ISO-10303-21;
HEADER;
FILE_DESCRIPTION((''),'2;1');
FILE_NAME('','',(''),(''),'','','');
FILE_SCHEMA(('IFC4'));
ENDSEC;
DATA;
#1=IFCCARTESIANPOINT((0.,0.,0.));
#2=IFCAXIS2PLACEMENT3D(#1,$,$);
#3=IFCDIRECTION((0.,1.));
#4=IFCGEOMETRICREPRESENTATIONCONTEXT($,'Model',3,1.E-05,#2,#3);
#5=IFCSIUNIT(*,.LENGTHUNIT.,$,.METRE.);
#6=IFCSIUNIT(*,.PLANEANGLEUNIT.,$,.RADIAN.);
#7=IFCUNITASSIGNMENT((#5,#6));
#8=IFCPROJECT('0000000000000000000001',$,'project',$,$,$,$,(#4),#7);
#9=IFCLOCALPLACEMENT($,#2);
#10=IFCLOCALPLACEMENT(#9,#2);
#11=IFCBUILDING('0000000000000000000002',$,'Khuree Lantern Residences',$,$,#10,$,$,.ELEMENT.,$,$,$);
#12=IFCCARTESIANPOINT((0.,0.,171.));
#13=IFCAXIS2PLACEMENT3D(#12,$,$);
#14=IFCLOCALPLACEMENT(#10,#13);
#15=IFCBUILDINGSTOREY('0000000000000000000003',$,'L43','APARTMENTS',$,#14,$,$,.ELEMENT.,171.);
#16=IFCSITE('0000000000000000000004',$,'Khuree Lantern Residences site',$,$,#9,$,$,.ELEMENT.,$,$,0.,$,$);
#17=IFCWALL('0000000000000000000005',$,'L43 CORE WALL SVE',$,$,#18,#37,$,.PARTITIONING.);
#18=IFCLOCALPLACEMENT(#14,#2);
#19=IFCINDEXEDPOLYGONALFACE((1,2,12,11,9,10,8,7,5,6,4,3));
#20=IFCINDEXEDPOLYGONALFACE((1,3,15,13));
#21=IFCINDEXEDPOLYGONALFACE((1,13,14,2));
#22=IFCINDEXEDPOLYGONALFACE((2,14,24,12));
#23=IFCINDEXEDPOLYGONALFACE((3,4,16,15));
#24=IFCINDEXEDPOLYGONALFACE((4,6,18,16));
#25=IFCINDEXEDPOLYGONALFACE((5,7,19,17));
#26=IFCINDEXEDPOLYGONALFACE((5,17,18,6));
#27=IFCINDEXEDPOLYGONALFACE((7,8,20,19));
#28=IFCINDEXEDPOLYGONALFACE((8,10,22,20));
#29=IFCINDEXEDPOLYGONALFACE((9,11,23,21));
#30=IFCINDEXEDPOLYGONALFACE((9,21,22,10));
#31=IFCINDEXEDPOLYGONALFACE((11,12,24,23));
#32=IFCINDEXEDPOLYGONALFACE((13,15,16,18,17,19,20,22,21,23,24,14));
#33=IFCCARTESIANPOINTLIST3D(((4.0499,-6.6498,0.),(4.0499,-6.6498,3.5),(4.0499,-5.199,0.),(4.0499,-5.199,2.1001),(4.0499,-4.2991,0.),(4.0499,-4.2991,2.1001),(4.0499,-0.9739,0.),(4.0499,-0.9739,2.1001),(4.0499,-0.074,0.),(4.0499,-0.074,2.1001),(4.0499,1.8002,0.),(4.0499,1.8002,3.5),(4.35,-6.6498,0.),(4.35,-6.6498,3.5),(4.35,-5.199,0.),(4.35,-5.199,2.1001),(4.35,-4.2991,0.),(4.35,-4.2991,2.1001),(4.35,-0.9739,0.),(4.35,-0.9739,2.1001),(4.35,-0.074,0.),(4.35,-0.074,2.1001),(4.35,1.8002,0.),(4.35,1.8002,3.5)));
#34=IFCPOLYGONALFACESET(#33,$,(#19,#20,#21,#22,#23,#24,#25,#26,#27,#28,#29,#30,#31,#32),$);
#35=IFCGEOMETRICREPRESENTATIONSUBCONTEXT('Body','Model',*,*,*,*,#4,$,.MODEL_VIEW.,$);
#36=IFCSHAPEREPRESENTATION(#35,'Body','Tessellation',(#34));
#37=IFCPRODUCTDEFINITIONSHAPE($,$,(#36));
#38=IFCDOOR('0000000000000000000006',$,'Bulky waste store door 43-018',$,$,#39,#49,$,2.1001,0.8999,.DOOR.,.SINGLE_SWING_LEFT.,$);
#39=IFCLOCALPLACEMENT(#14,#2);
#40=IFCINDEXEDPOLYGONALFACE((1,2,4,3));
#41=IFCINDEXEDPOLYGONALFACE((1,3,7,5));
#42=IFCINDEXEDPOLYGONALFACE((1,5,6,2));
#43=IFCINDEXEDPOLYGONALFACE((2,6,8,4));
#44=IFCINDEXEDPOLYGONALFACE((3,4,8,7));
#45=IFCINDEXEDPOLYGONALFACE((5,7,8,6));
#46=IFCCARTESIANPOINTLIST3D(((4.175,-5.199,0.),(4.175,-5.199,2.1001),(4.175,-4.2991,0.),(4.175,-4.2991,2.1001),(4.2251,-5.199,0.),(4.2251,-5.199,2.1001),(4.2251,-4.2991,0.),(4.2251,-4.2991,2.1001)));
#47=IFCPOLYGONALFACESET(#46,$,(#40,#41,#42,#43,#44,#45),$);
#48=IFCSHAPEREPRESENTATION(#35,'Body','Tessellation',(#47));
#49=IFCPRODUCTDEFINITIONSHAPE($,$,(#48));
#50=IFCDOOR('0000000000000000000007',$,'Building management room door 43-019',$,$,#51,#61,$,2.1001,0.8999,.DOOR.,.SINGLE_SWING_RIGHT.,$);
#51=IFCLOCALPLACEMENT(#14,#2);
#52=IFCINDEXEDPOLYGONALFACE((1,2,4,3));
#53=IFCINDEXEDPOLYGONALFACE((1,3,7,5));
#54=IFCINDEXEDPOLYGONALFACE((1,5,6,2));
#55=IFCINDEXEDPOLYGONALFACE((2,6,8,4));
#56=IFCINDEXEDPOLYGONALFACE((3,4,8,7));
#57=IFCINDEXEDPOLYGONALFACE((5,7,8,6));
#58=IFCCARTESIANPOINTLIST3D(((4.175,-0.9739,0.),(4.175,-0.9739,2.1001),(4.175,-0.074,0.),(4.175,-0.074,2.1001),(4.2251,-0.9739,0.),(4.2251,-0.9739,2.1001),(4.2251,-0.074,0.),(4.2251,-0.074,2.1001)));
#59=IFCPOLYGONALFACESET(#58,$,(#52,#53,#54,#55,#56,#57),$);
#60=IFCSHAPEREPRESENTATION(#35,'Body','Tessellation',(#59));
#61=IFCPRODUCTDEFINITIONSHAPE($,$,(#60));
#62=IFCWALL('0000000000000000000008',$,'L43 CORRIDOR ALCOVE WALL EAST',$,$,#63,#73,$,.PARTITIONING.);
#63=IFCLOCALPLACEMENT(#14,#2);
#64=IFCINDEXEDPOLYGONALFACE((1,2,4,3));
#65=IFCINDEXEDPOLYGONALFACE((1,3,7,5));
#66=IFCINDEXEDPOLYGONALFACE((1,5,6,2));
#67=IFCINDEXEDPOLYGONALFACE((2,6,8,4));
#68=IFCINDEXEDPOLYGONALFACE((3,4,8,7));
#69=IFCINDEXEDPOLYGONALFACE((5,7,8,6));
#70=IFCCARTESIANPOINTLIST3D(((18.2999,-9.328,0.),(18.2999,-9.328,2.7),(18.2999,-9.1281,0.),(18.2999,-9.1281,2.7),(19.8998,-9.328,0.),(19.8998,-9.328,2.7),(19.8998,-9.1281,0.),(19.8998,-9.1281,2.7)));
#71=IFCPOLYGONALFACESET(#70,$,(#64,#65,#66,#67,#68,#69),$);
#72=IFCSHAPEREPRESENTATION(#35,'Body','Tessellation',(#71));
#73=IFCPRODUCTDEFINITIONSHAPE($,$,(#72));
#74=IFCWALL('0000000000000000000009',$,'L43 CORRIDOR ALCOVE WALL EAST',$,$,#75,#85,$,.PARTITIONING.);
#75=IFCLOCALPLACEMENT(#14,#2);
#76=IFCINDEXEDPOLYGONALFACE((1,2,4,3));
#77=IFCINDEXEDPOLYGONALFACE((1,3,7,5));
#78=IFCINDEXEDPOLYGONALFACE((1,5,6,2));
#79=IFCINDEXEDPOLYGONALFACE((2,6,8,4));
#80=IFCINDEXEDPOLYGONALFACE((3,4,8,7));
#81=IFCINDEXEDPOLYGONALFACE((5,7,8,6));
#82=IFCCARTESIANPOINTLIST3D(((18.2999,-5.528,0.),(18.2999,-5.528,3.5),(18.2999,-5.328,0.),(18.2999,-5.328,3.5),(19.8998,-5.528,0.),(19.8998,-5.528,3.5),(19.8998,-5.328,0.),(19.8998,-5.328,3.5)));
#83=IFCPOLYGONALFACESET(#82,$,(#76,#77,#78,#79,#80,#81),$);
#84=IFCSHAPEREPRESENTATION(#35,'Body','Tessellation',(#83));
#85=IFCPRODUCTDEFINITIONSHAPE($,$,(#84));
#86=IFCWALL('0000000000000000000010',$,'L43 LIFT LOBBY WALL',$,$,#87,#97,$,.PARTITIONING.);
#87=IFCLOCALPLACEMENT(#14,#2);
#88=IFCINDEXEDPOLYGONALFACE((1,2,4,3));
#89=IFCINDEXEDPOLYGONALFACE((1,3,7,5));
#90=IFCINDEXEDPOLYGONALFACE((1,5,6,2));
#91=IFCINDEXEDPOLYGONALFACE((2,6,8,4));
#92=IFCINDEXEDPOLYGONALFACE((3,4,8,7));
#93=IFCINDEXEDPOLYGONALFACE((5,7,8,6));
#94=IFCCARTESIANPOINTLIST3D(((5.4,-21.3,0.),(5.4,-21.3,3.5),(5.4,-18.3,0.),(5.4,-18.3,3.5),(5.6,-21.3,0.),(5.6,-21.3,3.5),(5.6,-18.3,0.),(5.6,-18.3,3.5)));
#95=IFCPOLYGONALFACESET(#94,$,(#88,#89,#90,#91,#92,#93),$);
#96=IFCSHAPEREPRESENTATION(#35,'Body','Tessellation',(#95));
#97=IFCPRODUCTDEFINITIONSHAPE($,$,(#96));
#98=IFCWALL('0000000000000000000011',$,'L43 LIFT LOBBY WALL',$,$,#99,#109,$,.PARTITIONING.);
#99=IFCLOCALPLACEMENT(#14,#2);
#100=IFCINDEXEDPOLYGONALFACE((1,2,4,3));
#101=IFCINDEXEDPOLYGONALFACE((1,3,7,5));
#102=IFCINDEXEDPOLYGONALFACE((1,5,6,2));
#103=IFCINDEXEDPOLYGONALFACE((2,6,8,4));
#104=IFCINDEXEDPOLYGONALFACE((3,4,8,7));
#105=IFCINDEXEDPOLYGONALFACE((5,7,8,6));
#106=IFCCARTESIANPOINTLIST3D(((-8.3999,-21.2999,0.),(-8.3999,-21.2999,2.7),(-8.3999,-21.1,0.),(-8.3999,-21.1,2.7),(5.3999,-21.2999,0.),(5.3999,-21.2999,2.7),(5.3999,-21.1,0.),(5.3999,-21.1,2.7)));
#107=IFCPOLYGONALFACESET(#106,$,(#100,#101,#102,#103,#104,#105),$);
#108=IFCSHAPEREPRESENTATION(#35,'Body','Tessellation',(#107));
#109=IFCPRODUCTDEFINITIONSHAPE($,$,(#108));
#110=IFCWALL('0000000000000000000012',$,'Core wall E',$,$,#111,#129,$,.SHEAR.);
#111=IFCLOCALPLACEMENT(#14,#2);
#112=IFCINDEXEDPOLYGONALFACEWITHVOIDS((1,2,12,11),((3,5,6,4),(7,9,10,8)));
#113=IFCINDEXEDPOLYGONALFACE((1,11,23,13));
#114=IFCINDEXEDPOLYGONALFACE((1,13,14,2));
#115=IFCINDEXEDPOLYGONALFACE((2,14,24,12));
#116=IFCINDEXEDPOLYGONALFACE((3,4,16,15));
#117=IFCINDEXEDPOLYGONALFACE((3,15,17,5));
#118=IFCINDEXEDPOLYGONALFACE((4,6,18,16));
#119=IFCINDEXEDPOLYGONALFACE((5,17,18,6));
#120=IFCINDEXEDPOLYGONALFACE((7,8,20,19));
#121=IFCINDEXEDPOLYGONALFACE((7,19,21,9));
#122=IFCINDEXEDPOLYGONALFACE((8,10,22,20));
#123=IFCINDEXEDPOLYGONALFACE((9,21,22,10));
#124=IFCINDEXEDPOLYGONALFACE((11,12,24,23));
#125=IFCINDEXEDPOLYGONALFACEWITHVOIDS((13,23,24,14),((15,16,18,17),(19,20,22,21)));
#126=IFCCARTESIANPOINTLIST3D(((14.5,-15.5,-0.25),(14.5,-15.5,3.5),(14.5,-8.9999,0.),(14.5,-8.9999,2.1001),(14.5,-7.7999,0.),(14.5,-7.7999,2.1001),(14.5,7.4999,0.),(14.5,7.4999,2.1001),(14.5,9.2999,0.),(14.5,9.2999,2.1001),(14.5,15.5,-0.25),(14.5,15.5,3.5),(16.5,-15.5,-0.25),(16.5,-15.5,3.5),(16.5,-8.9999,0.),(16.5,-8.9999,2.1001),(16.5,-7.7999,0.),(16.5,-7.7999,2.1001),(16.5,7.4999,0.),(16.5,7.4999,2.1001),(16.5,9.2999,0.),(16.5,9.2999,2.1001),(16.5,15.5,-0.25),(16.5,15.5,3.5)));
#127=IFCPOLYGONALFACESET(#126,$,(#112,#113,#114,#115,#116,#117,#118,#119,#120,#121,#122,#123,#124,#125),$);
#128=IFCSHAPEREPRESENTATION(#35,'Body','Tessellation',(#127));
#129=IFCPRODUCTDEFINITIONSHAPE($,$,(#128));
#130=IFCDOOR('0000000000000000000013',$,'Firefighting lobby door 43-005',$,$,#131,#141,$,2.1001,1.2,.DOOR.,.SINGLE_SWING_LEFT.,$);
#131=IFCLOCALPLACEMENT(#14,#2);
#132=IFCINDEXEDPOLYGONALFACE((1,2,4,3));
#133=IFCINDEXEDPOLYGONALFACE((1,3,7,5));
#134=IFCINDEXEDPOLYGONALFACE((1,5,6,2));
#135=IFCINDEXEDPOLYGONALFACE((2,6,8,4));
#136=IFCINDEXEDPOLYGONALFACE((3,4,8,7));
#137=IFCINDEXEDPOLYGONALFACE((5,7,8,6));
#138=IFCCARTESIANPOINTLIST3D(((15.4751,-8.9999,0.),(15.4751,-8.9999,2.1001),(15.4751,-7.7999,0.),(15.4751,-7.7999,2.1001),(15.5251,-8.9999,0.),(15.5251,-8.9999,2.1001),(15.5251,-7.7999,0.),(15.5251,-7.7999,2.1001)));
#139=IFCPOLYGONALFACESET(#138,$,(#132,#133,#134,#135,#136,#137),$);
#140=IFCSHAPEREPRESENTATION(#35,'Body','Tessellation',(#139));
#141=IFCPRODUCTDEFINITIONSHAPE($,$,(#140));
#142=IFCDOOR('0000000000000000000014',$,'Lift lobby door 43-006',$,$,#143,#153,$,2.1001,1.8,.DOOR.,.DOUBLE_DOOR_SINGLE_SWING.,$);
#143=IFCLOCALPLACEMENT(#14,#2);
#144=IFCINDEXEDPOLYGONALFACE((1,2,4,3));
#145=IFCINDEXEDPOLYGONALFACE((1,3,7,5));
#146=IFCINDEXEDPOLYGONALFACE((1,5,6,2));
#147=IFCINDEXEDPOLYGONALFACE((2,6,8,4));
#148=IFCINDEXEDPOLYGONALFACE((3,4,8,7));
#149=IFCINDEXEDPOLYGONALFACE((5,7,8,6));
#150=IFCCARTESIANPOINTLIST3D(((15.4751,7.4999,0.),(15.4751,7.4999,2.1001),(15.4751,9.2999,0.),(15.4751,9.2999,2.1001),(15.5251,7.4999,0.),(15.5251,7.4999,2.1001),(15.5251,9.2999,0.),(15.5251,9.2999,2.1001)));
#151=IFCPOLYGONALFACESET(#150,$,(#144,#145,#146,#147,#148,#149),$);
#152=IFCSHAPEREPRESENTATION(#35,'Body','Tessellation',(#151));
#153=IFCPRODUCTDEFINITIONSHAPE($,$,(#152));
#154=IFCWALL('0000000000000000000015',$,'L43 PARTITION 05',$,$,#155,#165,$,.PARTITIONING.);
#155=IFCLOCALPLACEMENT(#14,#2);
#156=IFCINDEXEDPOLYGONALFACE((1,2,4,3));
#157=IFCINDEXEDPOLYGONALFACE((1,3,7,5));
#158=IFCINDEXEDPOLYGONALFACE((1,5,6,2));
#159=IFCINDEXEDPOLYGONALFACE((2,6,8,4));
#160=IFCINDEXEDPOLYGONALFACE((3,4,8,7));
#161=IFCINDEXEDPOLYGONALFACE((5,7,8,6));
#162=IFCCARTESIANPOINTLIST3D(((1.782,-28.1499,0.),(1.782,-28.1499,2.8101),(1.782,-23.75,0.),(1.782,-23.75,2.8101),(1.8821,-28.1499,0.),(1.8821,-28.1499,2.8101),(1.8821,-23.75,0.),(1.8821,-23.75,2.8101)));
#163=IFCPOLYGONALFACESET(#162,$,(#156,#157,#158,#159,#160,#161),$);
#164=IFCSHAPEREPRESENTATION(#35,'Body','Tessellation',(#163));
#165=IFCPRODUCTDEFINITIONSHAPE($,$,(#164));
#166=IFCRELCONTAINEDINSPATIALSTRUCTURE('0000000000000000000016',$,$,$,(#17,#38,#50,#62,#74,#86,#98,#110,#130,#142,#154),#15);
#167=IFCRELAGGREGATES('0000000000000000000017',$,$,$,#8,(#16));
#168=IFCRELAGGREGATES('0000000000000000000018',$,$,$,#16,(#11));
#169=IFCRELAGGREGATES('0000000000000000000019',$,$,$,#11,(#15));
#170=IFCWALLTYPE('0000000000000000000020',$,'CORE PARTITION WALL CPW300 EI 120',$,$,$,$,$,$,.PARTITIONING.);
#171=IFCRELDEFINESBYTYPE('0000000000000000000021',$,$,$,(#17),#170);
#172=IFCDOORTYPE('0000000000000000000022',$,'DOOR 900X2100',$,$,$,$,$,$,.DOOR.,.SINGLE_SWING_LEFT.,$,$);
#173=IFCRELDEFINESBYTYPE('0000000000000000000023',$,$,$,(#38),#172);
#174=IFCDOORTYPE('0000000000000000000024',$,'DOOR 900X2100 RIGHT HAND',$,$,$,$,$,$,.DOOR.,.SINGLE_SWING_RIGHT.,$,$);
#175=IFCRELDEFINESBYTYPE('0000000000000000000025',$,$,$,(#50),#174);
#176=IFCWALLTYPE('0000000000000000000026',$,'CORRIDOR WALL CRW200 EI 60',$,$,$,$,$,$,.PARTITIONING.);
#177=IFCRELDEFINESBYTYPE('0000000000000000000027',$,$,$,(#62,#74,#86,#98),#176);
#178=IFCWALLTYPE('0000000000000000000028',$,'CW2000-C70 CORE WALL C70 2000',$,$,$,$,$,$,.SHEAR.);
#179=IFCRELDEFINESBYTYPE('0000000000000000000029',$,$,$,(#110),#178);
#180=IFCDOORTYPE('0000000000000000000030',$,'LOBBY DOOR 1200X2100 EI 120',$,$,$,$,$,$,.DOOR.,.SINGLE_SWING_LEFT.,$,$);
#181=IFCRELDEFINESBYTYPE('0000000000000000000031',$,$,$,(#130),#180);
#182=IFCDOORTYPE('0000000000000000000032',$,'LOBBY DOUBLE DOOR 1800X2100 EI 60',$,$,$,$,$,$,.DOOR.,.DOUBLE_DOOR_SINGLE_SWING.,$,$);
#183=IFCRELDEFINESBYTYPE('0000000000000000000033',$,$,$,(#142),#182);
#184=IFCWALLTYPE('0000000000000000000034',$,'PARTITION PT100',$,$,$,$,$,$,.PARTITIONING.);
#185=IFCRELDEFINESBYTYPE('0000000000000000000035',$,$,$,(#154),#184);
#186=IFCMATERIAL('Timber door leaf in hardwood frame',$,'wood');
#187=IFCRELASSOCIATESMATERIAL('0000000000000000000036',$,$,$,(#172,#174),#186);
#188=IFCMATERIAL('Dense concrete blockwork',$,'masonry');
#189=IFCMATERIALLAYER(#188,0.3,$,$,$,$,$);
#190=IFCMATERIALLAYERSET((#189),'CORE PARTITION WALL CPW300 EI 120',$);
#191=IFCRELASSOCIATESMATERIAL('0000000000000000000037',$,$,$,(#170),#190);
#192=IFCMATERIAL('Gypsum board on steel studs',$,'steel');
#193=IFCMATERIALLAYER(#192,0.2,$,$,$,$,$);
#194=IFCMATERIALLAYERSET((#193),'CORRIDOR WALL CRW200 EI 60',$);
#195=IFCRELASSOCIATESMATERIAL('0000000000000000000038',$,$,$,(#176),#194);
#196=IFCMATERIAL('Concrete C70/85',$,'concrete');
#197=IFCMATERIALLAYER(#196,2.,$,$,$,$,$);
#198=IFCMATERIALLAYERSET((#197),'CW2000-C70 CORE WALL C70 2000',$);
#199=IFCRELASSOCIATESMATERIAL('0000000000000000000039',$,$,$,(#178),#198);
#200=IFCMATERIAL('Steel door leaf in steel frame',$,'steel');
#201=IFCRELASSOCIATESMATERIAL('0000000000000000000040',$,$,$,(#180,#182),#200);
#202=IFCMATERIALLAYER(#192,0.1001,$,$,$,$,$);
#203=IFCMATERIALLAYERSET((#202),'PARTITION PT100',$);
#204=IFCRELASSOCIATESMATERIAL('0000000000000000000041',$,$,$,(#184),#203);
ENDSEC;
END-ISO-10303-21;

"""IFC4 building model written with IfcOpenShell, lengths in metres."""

from ifc_helpers import new_model, si_unit, direction, frame, frame_2d, origin, place, context, subcontext, project, spatial, rectangle, extrude, material, layer, layer_set, type_object, element, fill, save


model = new_model("IFC4")

# Units and contexts
model_context = context("Model", 3, precision=1e-05, world=origin(), true_north=direction((0.0, 1.0)))
body_context = subcontext(model_context, "Body", "Model", "MODEL_VIEW")
ifc_project = project(units=[si_unit("LENGTHUNIT", "METRE"), si_unit("PLANEANGLEUNIT", "RADIAN")], contexts=[model_context])

# Site, building, storey
site_placement = place(None, origin())
site = spatial("IfcSite", under=ifc_project, at=site_placement, Name="Khuree Lantern Residences site", CompositionType="ELEMENT", RefElevation=0.0)
building_placement = place(site_placement, origin())
building = spatial("IfcBuilding", under=site, at=building_placement, Name="Khuree Lantern Residences", CompositionType="ELEMENT")
storey_placement = place(building_placement, frame((0.0, 0.0, 171.0)))
storey = spatial("IfcBuildingStorey", under=building, at=storey_placement, Name="L43", Description="APARTMENTS", CompositionType="ELEMENT", Elevation=171.0)

# Shared definitions
ifc_material_1 = material(Name="Concrete C70/85", Category="concrete")

# Shared definitions
ifc_material_2 = material(Name="Timber door leaf in hardwood frame", Category="wood")
door_type_1 = type_object("IfcDoorType", Name="DOOR 900X2100", OperationType="SINGLE_SWING_LEFT", PredefinedType="DOOR", material=ifc_material_2)

# Shared definitions
ifc_material_3 = material(Name="Dense concrete blockwork", Category="masonry")
ifc_layer_1 = layer(ifc_material_3, 0.3)
ifc_layer_set_1 = layer_set([ifc_layer_1], Name="CORE PARTITION WALL CPW300 EI 120")
wall_type_1 = type_object("IfcWallType", Name="CORE PARTITION WALL CPW300 EI 120", PredefinedType="PARTITIONING", material=ifc_layer_set_1)

# Wall, openings, doors
wall_1_placement = place(storey_placement, frame((4.2, -6.6499, 0.0), z_axis=(0.0, 0.0, 1.0), x_axis=(0.0, 1.0, 0.0)))
wall_1 = element("IfcWall", 1, at=wall_1_placement, inside=storey, type_object=wall_type_1, Name="L43 CORE WALL SVE", PredefinedType="PARTITIONING", context=body_context, shape_type="SweptSolid", body=[
    extrude(rectangle(XDim=8.45, YDim=0.3, at=frame_2d((4.2251, 0.0))), origin(), (0.0, 0.0, 1.0), 3.5),
])
opening_1_placement = place(wall_1_placement, frame((1.4509, 0.0, 0.0)))
opening_1 = element("IfcOpeningElement", 2, at=opening_1_placement, cuts=wall_1, PredefinedType="OPENING", context=body_context, shape_type="SweptSolid", body=[
    extrude(rectangle(XDim=0.8999, YDim=2.1001, at=frame_2d((0.45, 1.05))), frame((0.0, 0.1602, 0.0), z_axis=(0.0, -1.0, 0.0), x_axis=(1.0, 0.0, 0.0)), (0.0, 0.0, 1.0), 0.3201),
])
opening_2_placement = place(wall_1_placement, frame((5.676, 0.0, 0.0)))
opening_2 = element("IfcOpeningElement", 3, at=opening_2_placement, cuts=wall_1, PredefinedType="OPENING", context=body_context, shape_type="SweptSolid", body=[
    extrude(rectangle(XDim=0.8999, YDim=2.1001, at=frame_2d((0.45, 1.05))), frame((0.0, 0.1602, 0.0), z_axis=(0.0, -1.0, 0.0), x_axis=(1.0, 0.0, 0.0)), (0.0, 0.0, 1.0), 0.3201),
])
door_1_placement = place(opening_1_placement, origin())
door_1 = element("IfcDoor", 4, at=door_1_placement, inside=storey, type_object=door_type_1, Name="Bulky waste store door 43-018", OperationType="SINGLE_SWING_LEFT", OverallHeight=2.1001, OverallWidth=0.8999, PredefinedType="DOOR", context=body_context, shape_type="SweptSolid", body=[
    extrude(rectangle(XDim=0.8999, YDim=2.1001, at=frame_2d((0.45, 1.05))), frame((0.0, 0.0249, 0.0), z_axis=(0.0, -1.0, 0.0), x_axis=(1.0, 0.0, 0.0)), (0.0, 0.0, 1.0), 0.05),
])
fill(opening_1, door_1)
door_type_2 = type_object("IfcDoorType", Name="DOOR 900X2100 RIGHT HAND", OperationType="SINGLE_SWING_RIGHT", PredefinedType="DOOR", material=ifc_material_2)
door_2_placement = place(opening_2_placement, origin())
door_2 = element("IfcDoor", 5, at=door_2_placement, inside=storey, type_object=door_type_2, Name="Building management room door 43-019", OperationType="SINGLE_SWING_RIGHT", OverallHeight=2.1001, OverallWidth=0.8999, PredefinedType="DOOR", context=body_context, shape_type="SweptSolid", body=[
    extrude(rectangle(XDim=0.8999, YDim=2.1001, at=frame_2d((0.45, 1.05))), frame((0.0, 0.0249, 0.0), z_axis=(0.0, -1.0, 0.0), x_axis=(1.0, 0.0, 0.0)), (0.0, 0.0, 1.0), 0.05),
])
fill(opening_2, door_2)

# Walls
ifc_material_4 = material(Name="Gypsum board on steel studs", Category="steel")
ifc_layer_2 = layer(ifc_material_4, 0.2)
ifc_layer_set_2 = layer_set([ifc_layer_2], Name="CORRIDOR WALL CRW200 EI 60")
wall_type_2 = type_object("IfcWallType", Name="CORRIDOR WALL CRW200 EI 60", PredefinedType="PARTITIONING", material=ifc_layer_set_2)
wall_2_placement = place(storey_placement, frame((18.3, -9.228, 0.0), z_axis=(0.0, 0.0, 1.0), x_axis=(1.0, 0.0, 0.0)))
element("IfcWall", 6, at=wall_2_placement, inside=storey, type_object=wall_type_2, Name="L43 CORRIDOR ALCOVE WALL EAST", PredefinedType="PARTITIONING", context=body_context, shape_type="SweptSolid", body=[
    extrude(rectangle(XDim=1.5999, YDim=0.2, at=frame_2d((0.7998, 0.0))), origin(), (0.0, 0.0, 1.0), 2.7),
])
wall_3_placement = place(storey_placement, frame((18.3, -5.428, 0.0), z_axis=(0.0, 0.0, 1.0), x_axis=(1.0, 0.0, 0.0)))
element("IfcWall", 7, at=wall_3_placement, inside=storey, type_object=wall_type_2, Name="L43 CORRIDOR ALCOVE WALL EAST", PredefinedType="PARTITIONING", context=body_context, shape_type="SweptSolid", body=[
    extrude(rectangle(XDim=1.5999, YDim=0.2, at=frame_2d((0.7998, 0.0))), origin(), (0.0, 0.0, 1.0), 3.5),
])
wall_4_placement = place(storey_placement, frame((5.5, -18.3, 0.0), z_axis=(0.0, 0.0, 1.0), x_axis=(0.0, -1.0, 0.0)))
element("IfcWall", 8, at=wall_4_placement, inside=storey, type_object=wall_type_2, Name="L43 LIFT LOBBY WALL", PredefinedType="PARTITIONING", context=body_context, shape_type="SweptSolid", body=[
    extrude(rectangle(XDim=3.0, YDim=0.2, at=frame_2d((1.5, 0.0))), origin(), (0.0, 0.0, 1.0), 3.5),
])
wall_5_placement = place(storey_placement, frame((5.3999, -21.2, 0.0), z_axis=(0.0, 0.0, 1.0), x_axis=(-1.0, 0.0, 0.0)))
element("IfcWall", 9, at=wall_5_placement, inside=storey, type_object=wall_type_2, Name="L43 LIFT LOBBY WALL", PredefinedType="PARTITIONING", context=body_context, shape_type="SweptSolid", body=[
    extrude(rectangle(XDim=13.7998, YDim=0.2, at=frame_2d((6.8999, 0.0))), origin(), (0.0, 0.0, 1.0), 2.7),
])

# Wall, openings, doors
ifc_layer_3 = layer(ifc_material_1, 2.0)
ifc_layer_set_3 = layer_set([ifc_layer_3], Name="CW2000-C70 CORE WALL C70 2000")
wall_type_3 = type_object("IfcWallType", Name="CW2000-C70 CORE WALL C70 2000", PredefinedType="SHEAR", material=ifc_layer_set_3)
wall_6_placement = place(storey_placement, frame((15.5, -15.5, -0.25), z_axis=(0.0, 0.0, 1.0), x_axis=(0.0, 1.0, 0.0)))
wall_6 = element("IfcWall", 10, at=wall_6_placement, inside=storey, type_object=wall_type_3, Name="Core wall E", PredefinedType="SHEAR", context=body_context, shape_type="SweptSolid", body=[
    extrude(rectangle(XDim=31.0, YDim=2.0, at=frame_2d((15.5, 0.0))), origin(), (0.0, 0.0, 1.0), 3.75),
])
opening_3_placement = place(wall_6_placement, frame((6.5, 0.0, 0.25)))
opening_3 = element("IfcOpeningElement", 11, at=opening_3_placement, cuts=wall_6, PredefinedType="OPENING", context=body_context, shape_type="SweptSolid", body=[
    extrude(rectangle(XDim=1.2, YDim=2.1001, at=frame_2d((0.6001, 1.05))), frame((0.0, 1.01, 0.0), z_axis=(0.0, -1.0, 0.0), x_axis=(1.0, 0.0, 0.0)), (0.0, 0.0, 1.0), 2.02),
])
opening_4_placement = place(wall_6_placement, frame((23.0, 0.0, 0.25)))
opening_4 = element("IfcOpeningElement", 12, at=opening_4_placement, cuts=wall_6, PredefinedType="OPENING", context=body_context, shape_type="SweptSolid", body=[
    extrude(rectangle(XDim=1.8, YDim=2.1001, at=frame_2d((0.8999, 1.05))), frame((0.0, 1.01, 0.0), z_axis=(0.0, -1.0, 0.0), x_axis=(1.0, 0.0, 0.0)), (0.0, 0.0, 1.0), 2.02),
])
ifc_material_5 = material(Name="Steel door leaf in steel frame", Category="steel")
door_type_3 = type_object("IfcDoorType", Name="LOBBY DOOR 1200X2100 EI 120", OperationType="SINGLE_SWING_LEFT", PredefinedType="DOOR", material=ifc_material_5)
door_3_placement = place(opening_3_placement, origin())
door_3 = element("IfcDoor", 13, at=door_3_placement, inside=storey, type_object=door_type_3, Name="Firefighting lobby door 43-005", OperationType="SINGLE_SWING_LEFT", OverallHeight=2.1001, OverallWidth=1.2, PredefinedType="DOOR", context=body_context, shape_type="SweptSolid", body=[
    extrude(rectangle(XDim=1.2, YDim=2.1001, at=frame_2d((0.6001, 1.05))), frame((0.0, 0.0249, 0.0), z_axis=(0.0, -1.0, 0.0), x_axis=(1.0, 0.0, 0.0)), (0.0, 0.0, 1.0), 0.05),
])
fill(opening_3, door_3)
door_type_4 = type_object("IfcDoorType", Name="LOBBY DOUBLE DOOR 1800X2100 EI 60", OperationType="DOUBLE_DOOR_SINGLE_SWING", PredefinedType="DOOR", material=ifc_material_5)
door_4_placement = place(opening_4_placement, origin())
door_4 = element("IfcDoor", 14, at=door_4_placement, inside=storey, type_object=door_type_4, Name="Lift lobby door 43-006", OperationType="DOUBLE_DOOR_SINGLE_SWING", OverallHeight=2.1001, OverallWidth=1.8, PredefinedType="DOOR", context=body_context, shape_type="SweptSolid", body=[
    extrude(rectangle(XDim=1.8, YDim=2.1001, at=frame_2d((0.8999, 1.05))), frame((0.0, 0.0249, 0.0), z_axis=(0.0, -1.0, 0.0), x_axis=(1.0, 0.0, 0.0)), (0.0, 0.0, 1.0), 0.05),
])
fill(opening_4, door_4)

# Wall
ifc_layer_4 = layer(ifc_material_4, 0.1001)
ifc_layer_set_4 = layer_set([ifc_layer_4], Name="PARTITION PT100")
wall_type_4 = type_object("IfcWallType", Name="PARTITION PT100", PredefinedType="PARTITIONING", material=ifc_layer_set_4)
for number, where, z_axis, x_axis, name in (
    (15, (1.832, -23.75, 0.0), (0.0, 0.0, 1.0), (0.0, -1.0, 0.0), "L43 PARTITION 05"),
):
    element("IfcWall", number, at=place(storey_placement, frame(where, z_axis=z_axis, x_axis=x_axis)), inside=storey, type_object=wall_type_4, Name=name, PredefinedType="PARTITIONING", context=body_context, shape_type="SweptSolid", body=[
        extrude(rectangle(XDim=4.3999, YDim=0.1001, at=frame_2d((2.2, 0.0))), origin(), (0.0, 0.0, 1.0), 2.8101),
    ])

save(model, "model.ifc")
